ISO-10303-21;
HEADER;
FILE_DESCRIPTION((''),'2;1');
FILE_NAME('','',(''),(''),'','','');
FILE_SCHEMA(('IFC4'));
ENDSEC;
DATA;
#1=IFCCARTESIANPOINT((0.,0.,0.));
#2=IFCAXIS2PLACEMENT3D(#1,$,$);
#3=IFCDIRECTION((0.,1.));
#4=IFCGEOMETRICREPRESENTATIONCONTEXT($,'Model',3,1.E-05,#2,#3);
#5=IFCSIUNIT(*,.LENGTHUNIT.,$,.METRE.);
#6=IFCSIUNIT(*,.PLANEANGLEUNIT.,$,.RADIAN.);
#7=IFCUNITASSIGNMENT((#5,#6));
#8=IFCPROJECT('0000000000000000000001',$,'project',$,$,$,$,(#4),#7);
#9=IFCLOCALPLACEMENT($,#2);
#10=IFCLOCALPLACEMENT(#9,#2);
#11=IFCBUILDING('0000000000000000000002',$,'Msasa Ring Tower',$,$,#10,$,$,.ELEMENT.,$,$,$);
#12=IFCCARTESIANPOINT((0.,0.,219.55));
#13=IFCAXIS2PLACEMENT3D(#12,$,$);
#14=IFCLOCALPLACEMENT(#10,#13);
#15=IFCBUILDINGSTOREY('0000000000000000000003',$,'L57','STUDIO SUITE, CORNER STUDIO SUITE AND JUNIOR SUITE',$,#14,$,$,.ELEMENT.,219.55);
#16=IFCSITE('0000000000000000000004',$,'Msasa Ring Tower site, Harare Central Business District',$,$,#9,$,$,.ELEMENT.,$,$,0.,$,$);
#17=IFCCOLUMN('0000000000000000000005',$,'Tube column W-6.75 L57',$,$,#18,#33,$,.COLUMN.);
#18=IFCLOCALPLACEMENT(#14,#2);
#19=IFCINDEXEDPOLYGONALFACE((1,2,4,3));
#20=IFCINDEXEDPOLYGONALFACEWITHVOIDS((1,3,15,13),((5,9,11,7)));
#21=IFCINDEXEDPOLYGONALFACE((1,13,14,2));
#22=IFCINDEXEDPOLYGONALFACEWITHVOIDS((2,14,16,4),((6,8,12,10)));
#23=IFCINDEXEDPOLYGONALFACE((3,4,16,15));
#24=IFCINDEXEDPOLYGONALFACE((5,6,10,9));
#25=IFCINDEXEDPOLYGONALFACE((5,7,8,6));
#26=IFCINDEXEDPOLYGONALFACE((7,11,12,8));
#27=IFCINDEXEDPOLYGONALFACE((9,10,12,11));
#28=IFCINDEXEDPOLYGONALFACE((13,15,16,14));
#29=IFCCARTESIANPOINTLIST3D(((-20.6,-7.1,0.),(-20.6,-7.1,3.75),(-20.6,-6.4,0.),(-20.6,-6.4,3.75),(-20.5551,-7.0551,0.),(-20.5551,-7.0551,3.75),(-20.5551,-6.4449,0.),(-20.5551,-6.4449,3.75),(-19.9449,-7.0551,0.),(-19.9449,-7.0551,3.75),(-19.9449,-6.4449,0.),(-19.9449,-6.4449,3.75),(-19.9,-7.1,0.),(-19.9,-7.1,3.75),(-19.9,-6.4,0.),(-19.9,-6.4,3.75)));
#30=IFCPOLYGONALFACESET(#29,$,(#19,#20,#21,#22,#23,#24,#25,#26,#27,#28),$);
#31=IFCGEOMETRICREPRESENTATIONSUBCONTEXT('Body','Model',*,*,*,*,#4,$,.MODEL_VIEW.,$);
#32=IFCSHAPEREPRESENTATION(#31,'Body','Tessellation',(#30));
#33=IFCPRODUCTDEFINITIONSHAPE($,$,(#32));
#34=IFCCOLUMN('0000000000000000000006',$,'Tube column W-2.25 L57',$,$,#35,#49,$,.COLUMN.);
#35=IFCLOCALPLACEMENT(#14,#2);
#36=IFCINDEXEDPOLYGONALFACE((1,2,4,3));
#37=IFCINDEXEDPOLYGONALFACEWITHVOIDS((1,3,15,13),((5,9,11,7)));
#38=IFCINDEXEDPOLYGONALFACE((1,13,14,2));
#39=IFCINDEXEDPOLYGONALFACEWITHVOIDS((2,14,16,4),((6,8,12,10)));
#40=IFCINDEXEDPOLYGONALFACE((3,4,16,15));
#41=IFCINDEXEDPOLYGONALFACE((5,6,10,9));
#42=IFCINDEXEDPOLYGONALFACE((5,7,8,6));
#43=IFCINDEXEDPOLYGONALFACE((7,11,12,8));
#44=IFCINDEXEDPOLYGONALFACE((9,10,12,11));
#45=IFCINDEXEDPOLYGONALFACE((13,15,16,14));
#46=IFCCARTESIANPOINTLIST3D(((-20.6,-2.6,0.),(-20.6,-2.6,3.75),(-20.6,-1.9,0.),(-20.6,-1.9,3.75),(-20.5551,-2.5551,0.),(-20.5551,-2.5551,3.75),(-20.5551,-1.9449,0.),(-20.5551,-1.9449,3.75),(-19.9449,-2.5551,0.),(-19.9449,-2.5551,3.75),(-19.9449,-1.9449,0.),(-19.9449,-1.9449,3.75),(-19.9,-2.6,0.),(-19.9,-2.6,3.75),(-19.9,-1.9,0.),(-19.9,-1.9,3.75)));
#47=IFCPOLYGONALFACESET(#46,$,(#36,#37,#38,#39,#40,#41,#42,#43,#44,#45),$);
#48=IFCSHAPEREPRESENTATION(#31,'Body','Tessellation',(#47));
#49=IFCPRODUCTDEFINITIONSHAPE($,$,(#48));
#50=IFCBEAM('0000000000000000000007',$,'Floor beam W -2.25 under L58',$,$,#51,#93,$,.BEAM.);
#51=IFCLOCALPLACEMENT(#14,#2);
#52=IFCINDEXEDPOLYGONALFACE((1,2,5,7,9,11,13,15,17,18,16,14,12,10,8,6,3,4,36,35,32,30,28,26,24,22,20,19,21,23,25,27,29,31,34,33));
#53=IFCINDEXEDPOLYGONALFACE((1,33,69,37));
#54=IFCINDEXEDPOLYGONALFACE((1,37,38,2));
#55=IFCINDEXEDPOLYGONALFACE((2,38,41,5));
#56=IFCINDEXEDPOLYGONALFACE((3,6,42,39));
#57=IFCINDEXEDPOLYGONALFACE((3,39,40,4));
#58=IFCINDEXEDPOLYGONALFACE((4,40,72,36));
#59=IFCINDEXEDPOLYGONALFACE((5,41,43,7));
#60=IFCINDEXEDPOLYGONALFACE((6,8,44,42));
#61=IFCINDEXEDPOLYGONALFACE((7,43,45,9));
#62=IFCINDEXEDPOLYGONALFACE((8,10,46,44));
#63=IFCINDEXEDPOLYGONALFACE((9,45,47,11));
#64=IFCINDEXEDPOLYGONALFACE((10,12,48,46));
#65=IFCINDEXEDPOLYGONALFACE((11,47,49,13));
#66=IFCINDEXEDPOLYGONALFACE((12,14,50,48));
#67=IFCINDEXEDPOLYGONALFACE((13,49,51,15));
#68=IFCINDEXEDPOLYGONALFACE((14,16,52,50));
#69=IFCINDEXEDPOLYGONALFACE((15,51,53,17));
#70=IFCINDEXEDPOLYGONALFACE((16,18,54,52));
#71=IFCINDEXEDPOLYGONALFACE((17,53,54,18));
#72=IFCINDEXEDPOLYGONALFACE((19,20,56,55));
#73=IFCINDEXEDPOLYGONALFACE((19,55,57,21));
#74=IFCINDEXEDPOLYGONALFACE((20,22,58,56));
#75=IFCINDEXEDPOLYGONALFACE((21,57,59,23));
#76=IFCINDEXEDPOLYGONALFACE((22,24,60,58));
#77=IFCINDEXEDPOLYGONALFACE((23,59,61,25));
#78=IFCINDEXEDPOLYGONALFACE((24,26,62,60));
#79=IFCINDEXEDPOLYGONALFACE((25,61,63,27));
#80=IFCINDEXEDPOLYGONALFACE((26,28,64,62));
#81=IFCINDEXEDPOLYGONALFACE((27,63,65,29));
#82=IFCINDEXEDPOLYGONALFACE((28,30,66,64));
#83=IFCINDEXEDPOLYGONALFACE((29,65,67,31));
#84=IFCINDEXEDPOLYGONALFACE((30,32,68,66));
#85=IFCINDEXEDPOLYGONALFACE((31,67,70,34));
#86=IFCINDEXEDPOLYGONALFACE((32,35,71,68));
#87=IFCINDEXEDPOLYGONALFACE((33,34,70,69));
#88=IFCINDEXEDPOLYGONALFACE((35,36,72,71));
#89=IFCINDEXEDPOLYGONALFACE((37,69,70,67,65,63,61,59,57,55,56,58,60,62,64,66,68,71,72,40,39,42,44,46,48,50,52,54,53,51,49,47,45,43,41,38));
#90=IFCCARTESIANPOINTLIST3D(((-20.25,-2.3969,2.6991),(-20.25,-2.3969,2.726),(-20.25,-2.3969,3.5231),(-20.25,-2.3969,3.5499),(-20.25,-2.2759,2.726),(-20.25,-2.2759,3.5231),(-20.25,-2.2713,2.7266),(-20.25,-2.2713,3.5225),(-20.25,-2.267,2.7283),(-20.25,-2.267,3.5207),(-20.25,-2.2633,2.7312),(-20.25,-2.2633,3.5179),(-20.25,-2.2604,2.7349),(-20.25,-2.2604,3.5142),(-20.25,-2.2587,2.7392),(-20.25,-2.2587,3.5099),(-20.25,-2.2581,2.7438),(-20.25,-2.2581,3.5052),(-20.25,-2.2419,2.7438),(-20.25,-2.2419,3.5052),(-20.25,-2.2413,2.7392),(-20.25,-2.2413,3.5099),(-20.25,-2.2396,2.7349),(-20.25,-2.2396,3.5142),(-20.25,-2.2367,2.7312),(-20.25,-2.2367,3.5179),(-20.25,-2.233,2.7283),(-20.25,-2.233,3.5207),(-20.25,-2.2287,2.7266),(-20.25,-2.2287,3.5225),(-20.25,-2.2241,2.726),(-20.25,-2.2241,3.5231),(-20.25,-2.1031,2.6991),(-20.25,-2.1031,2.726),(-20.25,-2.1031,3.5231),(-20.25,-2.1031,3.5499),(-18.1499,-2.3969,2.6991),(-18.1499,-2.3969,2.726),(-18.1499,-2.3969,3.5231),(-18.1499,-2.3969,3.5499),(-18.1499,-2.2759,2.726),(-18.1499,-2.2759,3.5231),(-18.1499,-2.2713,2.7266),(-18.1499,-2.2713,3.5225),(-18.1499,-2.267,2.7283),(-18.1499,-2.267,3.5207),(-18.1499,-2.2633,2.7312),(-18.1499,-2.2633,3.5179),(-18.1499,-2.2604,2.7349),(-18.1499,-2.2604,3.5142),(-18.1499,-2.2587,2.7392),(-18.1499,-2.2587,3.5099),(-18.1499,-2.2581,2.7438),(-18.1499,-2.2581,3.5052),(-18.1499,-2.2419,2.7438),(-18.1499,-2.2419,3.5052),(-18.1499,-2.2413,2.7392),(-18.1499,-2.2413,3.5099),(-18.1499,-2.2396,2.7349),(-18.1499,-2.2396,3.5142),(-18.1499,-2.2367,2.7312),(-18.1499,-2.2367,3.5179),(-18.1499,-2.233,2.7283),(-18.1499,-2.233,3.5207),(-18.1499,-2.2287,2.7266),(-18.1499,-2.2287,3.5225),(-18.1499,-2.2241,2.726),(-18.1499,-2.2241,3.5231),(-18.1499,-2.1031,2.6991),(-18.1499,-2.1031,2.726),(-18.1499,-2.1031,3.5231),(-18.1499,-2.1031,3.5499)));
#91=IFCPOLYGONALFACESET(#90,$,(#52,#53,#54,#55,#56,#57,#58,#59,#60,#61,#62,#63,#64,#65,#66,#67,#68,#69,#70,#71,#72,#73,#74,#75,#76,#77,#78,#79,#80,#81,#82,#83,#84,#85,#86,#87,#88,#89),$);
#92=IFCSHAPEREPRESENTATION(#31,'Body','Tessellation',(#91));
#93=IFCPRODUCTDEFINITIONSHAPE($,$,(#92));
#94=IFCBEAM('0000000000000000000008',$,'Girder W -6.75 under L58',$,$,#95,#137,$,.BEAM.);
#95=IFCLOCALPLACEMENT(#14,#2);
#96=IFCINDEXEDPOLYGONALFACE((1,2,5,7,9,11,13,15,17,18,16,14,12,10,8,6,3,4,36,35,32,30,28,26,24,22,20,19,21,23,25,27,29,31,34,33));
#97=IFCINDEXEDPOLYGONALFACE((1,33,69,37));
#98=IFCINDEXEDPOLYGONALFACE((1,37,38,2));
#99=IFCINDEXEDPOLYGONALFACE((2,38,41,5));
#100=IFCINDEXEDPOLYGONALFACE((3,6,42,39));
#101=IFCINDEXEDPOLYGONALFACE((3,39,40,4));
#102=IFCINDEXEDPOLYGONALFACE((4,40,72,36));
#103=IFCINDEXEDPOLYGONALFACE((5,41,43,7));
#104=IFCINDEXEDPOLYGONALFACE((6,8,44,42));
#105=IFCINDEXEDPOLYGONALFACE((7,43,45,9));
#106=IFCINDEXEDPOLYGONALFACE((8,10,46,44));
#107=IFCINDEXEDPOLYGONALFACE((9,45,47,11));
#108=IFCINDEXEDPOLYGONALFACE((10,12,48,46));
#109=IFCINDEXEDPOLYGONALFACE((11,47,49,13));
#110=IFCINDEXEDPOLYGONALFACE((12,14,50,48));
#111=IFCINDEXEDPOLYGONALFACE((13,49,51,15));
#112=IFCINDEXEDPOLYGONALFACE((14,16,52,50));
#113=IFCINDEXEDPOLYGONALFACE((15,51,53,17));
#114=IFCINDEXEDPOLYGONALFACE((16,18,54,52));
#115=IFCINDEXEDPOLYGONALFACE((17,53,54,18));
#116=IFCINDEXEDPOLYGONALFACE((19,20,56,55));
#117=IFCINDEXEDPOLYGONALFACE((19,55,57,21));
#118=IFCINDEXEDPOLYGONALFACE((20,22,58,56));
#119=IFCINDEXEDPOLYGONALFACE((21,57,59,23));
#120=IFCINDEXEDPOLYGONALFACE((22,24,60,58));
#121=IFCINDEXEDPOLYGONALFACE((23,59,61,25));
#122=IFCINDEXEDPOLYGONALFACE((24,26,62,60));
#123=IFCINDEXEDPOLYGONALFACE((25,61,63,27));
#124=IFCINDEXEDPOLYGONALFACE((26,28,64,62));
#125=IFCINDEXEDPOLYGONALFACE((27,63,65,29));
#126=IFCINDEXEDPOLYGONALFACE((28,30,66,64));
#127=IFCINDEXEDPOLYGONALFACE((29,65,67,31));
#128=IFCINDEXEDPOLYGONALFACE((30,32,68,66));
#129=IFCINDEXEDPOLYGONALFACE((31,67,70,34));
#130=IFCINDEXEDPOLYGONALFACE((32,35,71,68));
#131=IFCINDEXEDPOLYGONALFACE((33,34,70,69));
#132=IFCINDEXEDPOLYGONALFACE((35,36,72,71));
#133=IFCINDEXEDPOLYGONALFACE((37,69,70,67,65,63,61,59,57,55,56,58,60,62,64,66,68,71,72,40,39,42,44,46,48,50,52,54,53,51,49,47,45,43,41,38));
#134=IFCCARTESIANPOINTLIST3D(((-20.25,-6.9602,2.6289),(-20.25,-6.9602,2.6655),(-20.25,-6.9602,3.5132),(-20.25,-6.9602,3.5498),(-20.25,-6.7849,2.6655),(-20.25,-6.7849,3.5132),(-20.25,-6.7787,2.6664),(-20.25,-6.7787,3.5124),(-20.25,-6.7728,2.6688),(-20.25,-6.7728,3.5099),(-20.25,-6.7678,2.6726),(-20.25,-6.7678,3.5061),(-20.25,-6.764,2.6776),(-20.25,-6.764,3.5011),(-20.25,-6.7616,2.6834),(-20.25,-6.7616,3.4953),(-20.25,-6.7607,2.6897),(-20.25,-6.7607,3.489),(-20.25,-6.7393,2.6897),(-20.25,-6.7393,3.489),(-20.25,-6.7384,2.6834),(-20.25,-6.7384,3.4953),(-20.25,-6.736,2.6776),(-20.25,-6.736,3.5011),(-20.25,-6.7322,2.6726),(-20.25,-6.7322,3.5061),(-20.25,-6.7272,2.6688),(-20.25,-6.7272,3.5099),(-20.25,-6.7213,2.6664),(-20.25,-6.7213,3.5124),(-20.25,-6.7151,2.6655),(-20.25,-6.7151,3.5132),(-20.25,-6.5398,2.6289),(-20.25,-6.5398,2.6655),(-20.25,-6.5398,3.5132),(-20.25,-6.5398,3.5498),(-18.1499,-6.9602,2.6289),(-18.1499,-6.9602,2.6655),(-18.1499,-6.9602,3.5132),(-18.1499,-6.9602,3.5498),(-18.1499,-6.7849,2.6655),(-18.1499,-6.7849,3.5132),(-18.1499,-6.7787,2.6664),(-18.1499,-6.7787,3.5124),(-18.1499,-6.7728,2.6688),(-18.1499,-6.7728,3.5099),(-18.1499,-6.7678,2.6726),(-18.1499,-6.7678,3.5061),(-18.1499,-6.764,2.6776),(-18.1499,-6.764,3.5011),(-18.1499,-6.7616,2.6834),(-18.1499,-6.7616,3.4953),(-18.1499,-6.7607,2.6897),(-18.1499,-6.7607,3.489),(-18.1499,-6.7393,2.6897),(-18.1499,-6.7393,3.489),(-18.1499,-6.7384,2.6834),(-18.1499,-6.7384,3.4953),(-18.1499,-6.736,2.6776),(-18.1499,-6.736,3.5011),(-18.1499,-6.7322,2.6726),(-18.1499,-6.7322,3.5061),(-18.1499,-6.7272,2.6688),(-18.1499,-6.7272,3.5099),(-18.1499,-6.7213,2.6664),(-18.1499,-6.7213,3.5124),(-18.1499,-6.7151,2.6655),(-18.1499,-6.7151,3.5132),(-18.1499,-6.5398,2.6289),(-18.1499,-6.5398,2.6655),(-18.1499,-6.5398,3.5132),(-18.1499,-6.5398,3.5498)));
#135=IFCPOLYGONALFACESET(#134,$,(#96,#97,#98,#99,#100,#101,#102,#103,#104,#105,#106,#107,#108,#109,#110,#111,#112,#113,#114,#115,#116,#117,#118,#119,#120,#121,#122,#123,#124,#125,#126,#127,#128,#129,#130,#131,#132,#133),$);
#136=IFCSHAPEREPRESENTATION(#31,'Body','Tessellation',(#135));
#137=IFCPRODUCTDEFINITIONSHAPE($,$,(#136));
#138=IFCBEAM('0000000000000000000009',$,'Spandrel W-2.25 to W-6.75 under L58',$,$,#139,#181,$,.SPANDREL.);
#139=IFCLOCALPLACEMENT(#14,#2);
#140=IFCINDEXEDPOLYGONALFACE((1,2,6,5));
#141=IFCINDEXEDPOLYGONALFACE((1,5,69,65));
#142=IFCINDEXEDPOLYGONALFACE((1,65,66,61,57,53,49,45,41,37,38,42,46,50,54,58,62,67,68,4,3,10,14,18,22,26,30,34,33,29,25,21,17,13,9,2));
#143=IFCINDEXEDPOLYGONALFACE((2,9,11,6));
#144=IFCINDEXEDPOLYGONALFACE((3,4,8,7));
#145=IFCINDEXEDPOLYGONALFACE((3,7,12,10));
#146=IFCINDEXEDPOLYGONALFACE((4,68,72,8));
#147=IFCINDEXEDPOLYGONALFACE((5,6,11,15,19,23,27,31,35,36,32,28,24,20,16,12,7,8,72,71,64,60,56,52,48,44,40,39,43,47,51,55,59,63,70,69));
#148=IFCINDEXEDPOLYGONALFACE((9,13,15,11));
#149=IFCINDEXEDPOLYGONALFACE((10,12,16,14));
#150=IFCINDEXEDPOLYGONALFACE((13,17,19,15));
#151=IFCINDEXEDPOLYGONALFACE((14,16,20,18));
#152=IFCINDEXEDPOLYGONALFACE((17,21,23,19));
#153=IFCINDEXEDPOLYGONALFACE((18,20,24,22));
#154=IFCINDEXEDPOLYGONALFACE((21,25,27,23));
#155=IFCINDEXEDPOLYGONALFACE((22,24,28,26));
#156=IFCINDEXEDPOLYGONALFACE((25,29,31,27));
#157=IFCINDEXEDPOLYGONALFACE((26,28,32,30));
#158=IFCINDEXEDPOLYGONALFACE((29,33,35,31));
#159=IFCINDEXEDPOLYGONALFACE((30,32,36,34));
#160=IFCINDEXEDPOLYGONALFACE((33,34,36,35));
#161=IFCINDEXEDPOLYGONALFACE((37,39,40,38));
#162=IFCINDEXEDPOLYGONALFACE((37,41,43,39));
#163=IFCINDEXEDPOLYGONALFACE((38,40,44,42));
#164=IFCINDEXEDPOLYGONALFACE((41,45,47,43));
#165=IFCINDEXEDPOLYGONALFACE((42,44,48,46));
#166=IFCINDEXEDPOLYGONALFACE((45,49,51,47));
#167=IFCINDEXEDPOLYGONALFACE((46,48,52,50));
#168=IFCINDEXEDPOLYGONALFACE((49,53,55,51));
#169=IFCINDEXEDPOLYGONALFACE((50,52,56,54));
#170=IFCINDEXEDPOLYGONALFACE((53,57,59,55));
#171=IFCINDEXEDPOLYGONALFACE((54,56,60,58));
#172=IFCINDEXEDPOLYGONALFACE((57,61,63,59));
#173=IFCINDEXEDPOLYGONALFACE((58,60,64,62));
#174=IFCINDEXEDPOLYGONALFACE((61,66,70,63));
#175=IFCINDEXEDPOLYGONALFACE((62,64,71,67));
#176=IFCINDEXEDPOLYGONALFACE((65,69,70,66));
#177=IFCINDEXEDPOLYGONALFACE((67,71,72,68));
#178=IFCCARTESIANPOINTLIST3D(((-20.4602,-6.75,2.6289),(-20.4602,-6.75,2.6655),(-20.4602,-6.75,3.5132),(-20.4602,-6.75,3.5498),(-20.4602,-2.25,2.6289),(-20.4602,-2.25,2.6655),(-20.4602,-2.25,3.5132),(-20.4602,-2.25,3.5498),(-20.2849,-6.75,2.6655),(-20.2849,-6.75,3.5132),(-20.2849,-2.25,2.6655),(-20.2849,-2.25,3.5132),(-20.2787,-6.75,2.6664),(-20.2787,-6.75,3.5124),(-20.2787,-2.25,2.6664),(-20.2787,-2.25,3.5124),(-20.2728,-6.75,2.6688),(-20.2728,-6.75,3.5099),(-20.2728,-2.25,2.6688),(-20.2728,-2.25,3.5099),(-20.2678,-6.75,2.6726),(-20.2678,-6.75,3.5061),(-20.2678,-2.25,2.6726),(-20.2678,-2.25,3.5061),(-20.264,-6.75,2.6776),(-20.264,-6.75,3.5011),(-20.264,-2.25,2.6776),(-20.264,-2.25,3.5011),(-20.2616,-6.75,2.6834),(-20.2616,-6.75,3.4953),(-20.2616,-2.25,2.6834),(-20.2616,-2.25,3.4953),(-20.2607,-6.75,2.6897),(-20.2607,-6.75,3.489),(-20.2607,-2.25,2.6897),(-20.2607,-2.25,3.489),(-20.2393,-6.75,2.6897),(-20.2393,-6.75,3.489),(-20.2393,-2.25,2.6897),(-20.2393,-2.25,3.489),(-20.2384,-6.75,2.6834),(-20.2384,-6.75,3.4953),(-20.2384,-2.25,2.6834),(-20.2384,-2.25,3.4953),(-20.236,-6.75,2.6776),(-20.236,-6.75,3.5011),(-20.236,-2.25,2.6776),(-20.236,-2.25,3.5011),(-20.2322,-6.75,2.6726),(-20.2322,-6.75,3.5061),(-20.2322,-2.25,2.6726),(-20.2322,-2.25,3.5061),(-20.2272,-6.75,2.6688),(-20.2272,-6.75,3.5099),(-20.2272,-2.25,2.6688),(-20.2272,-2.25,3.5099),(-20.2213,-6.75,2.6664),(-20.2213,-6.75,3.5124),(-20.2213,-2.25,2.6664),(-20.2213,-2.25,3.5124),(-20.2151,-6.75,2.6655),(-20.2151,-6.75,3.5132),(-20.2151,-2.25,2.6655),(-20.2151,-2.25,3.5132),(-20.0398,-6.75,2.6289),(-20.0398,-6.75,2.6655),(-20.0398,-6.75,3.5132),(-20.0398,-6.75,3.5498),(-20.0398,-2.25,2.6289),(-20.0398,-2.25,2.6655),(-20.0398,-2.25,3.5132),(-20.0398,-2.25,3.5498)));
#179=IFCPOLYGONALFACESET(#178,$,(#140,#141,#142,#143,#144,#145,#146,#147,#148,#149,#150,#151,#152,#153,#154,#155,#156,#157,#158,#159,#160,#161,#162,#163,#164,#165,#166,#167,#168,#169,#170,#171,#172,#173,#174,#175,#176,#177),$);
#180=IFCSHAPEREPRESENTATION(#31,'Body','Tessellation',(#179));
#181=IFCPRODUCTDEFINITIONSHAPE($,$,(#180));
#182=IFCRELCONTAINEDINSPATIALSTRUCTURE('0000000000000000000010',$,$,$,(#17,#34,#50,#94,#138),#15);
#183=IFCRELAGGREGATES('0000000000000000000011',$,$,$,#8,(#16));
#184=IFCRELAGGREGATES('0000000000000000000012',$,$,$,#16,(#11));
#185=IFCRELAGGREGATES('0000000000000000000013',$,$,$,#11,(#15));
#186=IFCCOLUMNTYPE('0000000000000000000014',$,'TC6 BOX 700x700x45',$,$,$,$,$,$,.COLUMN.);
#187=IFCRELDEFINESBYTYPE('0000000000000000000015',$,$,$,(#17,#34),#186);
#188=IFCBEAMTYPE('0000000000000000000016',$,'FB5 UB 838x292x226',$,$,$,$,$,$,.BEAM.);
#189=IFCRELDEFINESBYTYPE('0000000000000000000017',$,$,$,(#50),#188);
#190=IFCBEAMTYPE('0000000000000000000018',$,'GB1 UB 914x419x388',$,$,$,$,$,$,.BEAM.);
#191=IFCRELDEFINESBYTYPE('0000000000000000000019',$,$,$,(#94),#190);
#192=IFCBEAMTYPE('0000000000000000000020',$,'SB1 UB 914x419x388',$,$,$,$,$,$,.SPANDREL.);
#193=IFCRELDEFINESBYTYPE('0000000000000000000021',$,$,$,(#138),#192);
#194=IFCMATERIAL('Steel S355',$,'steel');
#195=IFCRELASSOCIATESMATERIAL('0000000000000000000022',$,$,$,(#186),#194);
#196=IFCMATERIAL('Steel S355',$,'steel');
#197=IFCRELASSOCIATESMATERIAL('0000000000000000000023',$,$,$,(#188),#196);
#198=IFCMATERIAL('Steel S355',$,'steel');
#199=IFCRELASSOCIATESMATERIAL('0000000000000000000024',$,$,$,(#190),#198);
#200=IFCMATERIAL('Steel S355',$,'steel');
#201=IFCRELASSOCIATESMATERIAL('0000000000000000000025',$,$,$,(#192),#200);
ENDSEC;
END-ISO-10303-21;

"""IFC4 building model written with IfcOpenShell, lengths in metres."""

from ifc_helpers import new_model, si_unit, direction, frame, origin, origin_2d, place, context, subcontext, project, spatial, hollow_rectangle, i_section, extrude, material, material_profile, profile_set, type_object, element, save


model = new_model("IFC4")

# Units and contexts
model_context = context("Model", 3, precision=1e-05, world=origin(), true_north=direction((0.0, 1.0)))
body_context = subcontext(model_context, "Body", "Model", "MODEL_VIEW")
ifc_project = project(units=[si_unit("LENGTHUNIT", "METRE"), si_unit("PLANEANGLEUNIT", "RADIAN")], contexts=[model_context])

# Site, building, storey
site_placement = place(None, origin())
site = spatial("IfcSite", under=ifc_project, at=site_placement, Name="Msasa Ring Tower site, Harare Central Business District", CompositionType="ELEMENT", RefElevation=0.0)
building_placement = place(site_placement, origin())
building = spatial("IfcBuilding", under=site, at=building_placement, Name="Msasa Ring Tower", CompositionType="ELEMENT")
storey_placement = place(building_placement, frame((0.0, 0.0, 219.55)))
storey = spatial("IfcBuildingStorey", under=building, at=storey_placement, Name="L57", Description="STUDIO SUITE, CORNER STUDIO SUITE AND JUNIOR SUITE", CompositionType="ELEMENT", Elevation=219.55)

# Columns
ifc_material_1 = material(Name="Steel S355", Category="steel")
ifc_material_profile_1 = material_profile(ifc_material_1, hollow_rectangle(XDim=0.7, YDim=0.7, WallThickness=0.0449, at=origin_2d()), Name="BOX 700x700x45")
ifc_profile_set_1 = profile_set([ifc_material_profile_1], Name="Steel S355")
column_type = type_object("IfcColumnType", Name="TC6 BOX 700x700x45", PredefinedType="COLUMN", material=ifc_profile_set_1)
for number, where, z_axis, x_axis, name in (
    (1, (-20.25, -6.75, 0.0), (0.0, 0.0, 1.0), (1.0, 0.0, 0.0), "Tube column W-6.75 L57"),
    (2, (-20.25, -2.25, 0.0), (0.0, 0.0, 1.0), (1.0, 0.0, 0.0), "Tube column W-2.25 L57"),
):
    element("IfcColumn", number, at=place(storey_placement, frame(where, z_axis=z_axis, x_axis=x_axis)), inside=storey, type_object=column_type, Name=name, PredefinedType="COLUMN", context=body_context, shape_type="SweptSolid", body=[
        extrude(hollow_rectangle(XDim=0.7, YDim=0.7, WallThickness=0.0449, at=origin_2d()), origin(), (0.0, 0.0, 1.0), 3.75),
    ])

# Beams
ifc_material_2 = material(Name="Steel S355", Category="steel")
ifc_material_profile_2 = material_profile(ifc_material_2, i_section(OverallWidth=0.2937, OverallDepth=0.8508, WebThickness=0.0161, FlangeThickness=0.0269, FilletRadius=0.0178, at=origin_2d()), Name="UB 838x292x226")
ifc_profile_set_2 = profile_set([ifc_material_profile_2], Name="Steel S355")
beam_type_1 = type_object("IfcBeamType", Name="FB5 UB 838x292x226", PredefinedType="BEAM", material=ifc_profile_set_2)
beam_1_placement = place(storey_placement, frame((-20.25, -2.25, 3.1245), z_axis=(1.0, 0.0, 0.0), x_axis=(0.0, 1.0, 0.0)))
element("IfcBeam", 3, at=beam_1_placement, inside=storey, type_object=beam_type_1, Name="Floor beam W -2.25 under L58", PredefinedType="BEAM", context=body_context, shape_type="SweptSolid", body=[
    extrude(i_section(OverallWidth=0.2937, OverallDepth=0.8508, WebThickness=0.0161, FlangeThickness=0.0269, FilletRadius=0.0178, at=origin_2d()), origin(), (0.0, 0.0, 1.0), 2.1001),
])
ifc_material_3 = material(Name="Steel S355", Category="steel")
ifc_material_profile_3 = material_profile(ifc_material_3, i_section(OverallWidth=0.4204, OverallDepth=0.9209, WebThickness=0.0215, FlangeThickness=0.0366, FilletRadius=0.0242, at=origin_2d()), Name="UB 914x419x388")
ifc_profile_set_3 = profile_set([ifc_material_profile_3], Name="Steel S355")
beam_type_2 = type_object("IfcBeamType", Name="GB1 UB 914x419x388", PredefinedType="BEAM", material=ifc_profile_set_3)
beam_2_placement = place(storey_placement, frame((-18.1499, -6.75, 3.0894), z_axis=(-1.0, 0.0, 0.0), x_axis=(0.0, -1.0, 0.0)))
element("IfcBeam", 4, at=beam_2_placement, inside=storey, type_object=beam_type_2, Name="Girder W -6.75 under L58", PredefinedType="BEAM", context=body_context, shape_type="SweptSolid", body=[
    extrude(i_section(OverallWidth=0.4204, OverallDepth=0.9209, WebThickness=0.0215, FlangeThickness=0.0366, FilletRadius=0.0242, at=origin_2d()), origin(), (0.0, 0.0, 1.0), 2.1001),
])
ifc_material_4 = material(Name="Steel S355", Category="steel")
ifc_material_profile_4 = material_profile(ifc_material_4, i_section(OverallWidth=0.4204, OverallDepth=0.9209, WebThickness=0.0215, FlangeThickness=0.0366, FilletRadius=0.0242, at=origin_2d()), Name="UB 914x419x388")
ifc_profile_set_4 = profile_set([ifc_material_profile_4], Name="Steel S355")
beam_type_3 = type_object("IfcBeamType", Name="SB1 UB 914x419x388", PredefinedType="SPANDREL", material=ifc_profile_set_4)
for number, where, z_axis, x_axis, name in (
    (5, (-20.25, -2.25, 3.0894), (0.0, -1.0, 0.0), (1.0, 0.0, 0.0), "Spandrel W-2.25 to W-6.75 under L58"),
):
    element("IfcBeam", number, at=place(storey_placement, frame(where, z_axis=z_axis, x_axis=x_axis)), inside=storey, type_object=beam_type_3, Name=name, PredefinedType="SPANDREL", context=body_context, shape_type="SweptSolid", body=[
        extrude(i_section(OverallWidth=0.4204, OverallDepth=0.9209, WebThickness=0.0215, FlangeThickness=0.0366, FilletRadius=0.0242, at=origin_2d()), origin(), (0.0, 0.0, 1.0), 4.5),
    ])

save(model, "model.ifc")
